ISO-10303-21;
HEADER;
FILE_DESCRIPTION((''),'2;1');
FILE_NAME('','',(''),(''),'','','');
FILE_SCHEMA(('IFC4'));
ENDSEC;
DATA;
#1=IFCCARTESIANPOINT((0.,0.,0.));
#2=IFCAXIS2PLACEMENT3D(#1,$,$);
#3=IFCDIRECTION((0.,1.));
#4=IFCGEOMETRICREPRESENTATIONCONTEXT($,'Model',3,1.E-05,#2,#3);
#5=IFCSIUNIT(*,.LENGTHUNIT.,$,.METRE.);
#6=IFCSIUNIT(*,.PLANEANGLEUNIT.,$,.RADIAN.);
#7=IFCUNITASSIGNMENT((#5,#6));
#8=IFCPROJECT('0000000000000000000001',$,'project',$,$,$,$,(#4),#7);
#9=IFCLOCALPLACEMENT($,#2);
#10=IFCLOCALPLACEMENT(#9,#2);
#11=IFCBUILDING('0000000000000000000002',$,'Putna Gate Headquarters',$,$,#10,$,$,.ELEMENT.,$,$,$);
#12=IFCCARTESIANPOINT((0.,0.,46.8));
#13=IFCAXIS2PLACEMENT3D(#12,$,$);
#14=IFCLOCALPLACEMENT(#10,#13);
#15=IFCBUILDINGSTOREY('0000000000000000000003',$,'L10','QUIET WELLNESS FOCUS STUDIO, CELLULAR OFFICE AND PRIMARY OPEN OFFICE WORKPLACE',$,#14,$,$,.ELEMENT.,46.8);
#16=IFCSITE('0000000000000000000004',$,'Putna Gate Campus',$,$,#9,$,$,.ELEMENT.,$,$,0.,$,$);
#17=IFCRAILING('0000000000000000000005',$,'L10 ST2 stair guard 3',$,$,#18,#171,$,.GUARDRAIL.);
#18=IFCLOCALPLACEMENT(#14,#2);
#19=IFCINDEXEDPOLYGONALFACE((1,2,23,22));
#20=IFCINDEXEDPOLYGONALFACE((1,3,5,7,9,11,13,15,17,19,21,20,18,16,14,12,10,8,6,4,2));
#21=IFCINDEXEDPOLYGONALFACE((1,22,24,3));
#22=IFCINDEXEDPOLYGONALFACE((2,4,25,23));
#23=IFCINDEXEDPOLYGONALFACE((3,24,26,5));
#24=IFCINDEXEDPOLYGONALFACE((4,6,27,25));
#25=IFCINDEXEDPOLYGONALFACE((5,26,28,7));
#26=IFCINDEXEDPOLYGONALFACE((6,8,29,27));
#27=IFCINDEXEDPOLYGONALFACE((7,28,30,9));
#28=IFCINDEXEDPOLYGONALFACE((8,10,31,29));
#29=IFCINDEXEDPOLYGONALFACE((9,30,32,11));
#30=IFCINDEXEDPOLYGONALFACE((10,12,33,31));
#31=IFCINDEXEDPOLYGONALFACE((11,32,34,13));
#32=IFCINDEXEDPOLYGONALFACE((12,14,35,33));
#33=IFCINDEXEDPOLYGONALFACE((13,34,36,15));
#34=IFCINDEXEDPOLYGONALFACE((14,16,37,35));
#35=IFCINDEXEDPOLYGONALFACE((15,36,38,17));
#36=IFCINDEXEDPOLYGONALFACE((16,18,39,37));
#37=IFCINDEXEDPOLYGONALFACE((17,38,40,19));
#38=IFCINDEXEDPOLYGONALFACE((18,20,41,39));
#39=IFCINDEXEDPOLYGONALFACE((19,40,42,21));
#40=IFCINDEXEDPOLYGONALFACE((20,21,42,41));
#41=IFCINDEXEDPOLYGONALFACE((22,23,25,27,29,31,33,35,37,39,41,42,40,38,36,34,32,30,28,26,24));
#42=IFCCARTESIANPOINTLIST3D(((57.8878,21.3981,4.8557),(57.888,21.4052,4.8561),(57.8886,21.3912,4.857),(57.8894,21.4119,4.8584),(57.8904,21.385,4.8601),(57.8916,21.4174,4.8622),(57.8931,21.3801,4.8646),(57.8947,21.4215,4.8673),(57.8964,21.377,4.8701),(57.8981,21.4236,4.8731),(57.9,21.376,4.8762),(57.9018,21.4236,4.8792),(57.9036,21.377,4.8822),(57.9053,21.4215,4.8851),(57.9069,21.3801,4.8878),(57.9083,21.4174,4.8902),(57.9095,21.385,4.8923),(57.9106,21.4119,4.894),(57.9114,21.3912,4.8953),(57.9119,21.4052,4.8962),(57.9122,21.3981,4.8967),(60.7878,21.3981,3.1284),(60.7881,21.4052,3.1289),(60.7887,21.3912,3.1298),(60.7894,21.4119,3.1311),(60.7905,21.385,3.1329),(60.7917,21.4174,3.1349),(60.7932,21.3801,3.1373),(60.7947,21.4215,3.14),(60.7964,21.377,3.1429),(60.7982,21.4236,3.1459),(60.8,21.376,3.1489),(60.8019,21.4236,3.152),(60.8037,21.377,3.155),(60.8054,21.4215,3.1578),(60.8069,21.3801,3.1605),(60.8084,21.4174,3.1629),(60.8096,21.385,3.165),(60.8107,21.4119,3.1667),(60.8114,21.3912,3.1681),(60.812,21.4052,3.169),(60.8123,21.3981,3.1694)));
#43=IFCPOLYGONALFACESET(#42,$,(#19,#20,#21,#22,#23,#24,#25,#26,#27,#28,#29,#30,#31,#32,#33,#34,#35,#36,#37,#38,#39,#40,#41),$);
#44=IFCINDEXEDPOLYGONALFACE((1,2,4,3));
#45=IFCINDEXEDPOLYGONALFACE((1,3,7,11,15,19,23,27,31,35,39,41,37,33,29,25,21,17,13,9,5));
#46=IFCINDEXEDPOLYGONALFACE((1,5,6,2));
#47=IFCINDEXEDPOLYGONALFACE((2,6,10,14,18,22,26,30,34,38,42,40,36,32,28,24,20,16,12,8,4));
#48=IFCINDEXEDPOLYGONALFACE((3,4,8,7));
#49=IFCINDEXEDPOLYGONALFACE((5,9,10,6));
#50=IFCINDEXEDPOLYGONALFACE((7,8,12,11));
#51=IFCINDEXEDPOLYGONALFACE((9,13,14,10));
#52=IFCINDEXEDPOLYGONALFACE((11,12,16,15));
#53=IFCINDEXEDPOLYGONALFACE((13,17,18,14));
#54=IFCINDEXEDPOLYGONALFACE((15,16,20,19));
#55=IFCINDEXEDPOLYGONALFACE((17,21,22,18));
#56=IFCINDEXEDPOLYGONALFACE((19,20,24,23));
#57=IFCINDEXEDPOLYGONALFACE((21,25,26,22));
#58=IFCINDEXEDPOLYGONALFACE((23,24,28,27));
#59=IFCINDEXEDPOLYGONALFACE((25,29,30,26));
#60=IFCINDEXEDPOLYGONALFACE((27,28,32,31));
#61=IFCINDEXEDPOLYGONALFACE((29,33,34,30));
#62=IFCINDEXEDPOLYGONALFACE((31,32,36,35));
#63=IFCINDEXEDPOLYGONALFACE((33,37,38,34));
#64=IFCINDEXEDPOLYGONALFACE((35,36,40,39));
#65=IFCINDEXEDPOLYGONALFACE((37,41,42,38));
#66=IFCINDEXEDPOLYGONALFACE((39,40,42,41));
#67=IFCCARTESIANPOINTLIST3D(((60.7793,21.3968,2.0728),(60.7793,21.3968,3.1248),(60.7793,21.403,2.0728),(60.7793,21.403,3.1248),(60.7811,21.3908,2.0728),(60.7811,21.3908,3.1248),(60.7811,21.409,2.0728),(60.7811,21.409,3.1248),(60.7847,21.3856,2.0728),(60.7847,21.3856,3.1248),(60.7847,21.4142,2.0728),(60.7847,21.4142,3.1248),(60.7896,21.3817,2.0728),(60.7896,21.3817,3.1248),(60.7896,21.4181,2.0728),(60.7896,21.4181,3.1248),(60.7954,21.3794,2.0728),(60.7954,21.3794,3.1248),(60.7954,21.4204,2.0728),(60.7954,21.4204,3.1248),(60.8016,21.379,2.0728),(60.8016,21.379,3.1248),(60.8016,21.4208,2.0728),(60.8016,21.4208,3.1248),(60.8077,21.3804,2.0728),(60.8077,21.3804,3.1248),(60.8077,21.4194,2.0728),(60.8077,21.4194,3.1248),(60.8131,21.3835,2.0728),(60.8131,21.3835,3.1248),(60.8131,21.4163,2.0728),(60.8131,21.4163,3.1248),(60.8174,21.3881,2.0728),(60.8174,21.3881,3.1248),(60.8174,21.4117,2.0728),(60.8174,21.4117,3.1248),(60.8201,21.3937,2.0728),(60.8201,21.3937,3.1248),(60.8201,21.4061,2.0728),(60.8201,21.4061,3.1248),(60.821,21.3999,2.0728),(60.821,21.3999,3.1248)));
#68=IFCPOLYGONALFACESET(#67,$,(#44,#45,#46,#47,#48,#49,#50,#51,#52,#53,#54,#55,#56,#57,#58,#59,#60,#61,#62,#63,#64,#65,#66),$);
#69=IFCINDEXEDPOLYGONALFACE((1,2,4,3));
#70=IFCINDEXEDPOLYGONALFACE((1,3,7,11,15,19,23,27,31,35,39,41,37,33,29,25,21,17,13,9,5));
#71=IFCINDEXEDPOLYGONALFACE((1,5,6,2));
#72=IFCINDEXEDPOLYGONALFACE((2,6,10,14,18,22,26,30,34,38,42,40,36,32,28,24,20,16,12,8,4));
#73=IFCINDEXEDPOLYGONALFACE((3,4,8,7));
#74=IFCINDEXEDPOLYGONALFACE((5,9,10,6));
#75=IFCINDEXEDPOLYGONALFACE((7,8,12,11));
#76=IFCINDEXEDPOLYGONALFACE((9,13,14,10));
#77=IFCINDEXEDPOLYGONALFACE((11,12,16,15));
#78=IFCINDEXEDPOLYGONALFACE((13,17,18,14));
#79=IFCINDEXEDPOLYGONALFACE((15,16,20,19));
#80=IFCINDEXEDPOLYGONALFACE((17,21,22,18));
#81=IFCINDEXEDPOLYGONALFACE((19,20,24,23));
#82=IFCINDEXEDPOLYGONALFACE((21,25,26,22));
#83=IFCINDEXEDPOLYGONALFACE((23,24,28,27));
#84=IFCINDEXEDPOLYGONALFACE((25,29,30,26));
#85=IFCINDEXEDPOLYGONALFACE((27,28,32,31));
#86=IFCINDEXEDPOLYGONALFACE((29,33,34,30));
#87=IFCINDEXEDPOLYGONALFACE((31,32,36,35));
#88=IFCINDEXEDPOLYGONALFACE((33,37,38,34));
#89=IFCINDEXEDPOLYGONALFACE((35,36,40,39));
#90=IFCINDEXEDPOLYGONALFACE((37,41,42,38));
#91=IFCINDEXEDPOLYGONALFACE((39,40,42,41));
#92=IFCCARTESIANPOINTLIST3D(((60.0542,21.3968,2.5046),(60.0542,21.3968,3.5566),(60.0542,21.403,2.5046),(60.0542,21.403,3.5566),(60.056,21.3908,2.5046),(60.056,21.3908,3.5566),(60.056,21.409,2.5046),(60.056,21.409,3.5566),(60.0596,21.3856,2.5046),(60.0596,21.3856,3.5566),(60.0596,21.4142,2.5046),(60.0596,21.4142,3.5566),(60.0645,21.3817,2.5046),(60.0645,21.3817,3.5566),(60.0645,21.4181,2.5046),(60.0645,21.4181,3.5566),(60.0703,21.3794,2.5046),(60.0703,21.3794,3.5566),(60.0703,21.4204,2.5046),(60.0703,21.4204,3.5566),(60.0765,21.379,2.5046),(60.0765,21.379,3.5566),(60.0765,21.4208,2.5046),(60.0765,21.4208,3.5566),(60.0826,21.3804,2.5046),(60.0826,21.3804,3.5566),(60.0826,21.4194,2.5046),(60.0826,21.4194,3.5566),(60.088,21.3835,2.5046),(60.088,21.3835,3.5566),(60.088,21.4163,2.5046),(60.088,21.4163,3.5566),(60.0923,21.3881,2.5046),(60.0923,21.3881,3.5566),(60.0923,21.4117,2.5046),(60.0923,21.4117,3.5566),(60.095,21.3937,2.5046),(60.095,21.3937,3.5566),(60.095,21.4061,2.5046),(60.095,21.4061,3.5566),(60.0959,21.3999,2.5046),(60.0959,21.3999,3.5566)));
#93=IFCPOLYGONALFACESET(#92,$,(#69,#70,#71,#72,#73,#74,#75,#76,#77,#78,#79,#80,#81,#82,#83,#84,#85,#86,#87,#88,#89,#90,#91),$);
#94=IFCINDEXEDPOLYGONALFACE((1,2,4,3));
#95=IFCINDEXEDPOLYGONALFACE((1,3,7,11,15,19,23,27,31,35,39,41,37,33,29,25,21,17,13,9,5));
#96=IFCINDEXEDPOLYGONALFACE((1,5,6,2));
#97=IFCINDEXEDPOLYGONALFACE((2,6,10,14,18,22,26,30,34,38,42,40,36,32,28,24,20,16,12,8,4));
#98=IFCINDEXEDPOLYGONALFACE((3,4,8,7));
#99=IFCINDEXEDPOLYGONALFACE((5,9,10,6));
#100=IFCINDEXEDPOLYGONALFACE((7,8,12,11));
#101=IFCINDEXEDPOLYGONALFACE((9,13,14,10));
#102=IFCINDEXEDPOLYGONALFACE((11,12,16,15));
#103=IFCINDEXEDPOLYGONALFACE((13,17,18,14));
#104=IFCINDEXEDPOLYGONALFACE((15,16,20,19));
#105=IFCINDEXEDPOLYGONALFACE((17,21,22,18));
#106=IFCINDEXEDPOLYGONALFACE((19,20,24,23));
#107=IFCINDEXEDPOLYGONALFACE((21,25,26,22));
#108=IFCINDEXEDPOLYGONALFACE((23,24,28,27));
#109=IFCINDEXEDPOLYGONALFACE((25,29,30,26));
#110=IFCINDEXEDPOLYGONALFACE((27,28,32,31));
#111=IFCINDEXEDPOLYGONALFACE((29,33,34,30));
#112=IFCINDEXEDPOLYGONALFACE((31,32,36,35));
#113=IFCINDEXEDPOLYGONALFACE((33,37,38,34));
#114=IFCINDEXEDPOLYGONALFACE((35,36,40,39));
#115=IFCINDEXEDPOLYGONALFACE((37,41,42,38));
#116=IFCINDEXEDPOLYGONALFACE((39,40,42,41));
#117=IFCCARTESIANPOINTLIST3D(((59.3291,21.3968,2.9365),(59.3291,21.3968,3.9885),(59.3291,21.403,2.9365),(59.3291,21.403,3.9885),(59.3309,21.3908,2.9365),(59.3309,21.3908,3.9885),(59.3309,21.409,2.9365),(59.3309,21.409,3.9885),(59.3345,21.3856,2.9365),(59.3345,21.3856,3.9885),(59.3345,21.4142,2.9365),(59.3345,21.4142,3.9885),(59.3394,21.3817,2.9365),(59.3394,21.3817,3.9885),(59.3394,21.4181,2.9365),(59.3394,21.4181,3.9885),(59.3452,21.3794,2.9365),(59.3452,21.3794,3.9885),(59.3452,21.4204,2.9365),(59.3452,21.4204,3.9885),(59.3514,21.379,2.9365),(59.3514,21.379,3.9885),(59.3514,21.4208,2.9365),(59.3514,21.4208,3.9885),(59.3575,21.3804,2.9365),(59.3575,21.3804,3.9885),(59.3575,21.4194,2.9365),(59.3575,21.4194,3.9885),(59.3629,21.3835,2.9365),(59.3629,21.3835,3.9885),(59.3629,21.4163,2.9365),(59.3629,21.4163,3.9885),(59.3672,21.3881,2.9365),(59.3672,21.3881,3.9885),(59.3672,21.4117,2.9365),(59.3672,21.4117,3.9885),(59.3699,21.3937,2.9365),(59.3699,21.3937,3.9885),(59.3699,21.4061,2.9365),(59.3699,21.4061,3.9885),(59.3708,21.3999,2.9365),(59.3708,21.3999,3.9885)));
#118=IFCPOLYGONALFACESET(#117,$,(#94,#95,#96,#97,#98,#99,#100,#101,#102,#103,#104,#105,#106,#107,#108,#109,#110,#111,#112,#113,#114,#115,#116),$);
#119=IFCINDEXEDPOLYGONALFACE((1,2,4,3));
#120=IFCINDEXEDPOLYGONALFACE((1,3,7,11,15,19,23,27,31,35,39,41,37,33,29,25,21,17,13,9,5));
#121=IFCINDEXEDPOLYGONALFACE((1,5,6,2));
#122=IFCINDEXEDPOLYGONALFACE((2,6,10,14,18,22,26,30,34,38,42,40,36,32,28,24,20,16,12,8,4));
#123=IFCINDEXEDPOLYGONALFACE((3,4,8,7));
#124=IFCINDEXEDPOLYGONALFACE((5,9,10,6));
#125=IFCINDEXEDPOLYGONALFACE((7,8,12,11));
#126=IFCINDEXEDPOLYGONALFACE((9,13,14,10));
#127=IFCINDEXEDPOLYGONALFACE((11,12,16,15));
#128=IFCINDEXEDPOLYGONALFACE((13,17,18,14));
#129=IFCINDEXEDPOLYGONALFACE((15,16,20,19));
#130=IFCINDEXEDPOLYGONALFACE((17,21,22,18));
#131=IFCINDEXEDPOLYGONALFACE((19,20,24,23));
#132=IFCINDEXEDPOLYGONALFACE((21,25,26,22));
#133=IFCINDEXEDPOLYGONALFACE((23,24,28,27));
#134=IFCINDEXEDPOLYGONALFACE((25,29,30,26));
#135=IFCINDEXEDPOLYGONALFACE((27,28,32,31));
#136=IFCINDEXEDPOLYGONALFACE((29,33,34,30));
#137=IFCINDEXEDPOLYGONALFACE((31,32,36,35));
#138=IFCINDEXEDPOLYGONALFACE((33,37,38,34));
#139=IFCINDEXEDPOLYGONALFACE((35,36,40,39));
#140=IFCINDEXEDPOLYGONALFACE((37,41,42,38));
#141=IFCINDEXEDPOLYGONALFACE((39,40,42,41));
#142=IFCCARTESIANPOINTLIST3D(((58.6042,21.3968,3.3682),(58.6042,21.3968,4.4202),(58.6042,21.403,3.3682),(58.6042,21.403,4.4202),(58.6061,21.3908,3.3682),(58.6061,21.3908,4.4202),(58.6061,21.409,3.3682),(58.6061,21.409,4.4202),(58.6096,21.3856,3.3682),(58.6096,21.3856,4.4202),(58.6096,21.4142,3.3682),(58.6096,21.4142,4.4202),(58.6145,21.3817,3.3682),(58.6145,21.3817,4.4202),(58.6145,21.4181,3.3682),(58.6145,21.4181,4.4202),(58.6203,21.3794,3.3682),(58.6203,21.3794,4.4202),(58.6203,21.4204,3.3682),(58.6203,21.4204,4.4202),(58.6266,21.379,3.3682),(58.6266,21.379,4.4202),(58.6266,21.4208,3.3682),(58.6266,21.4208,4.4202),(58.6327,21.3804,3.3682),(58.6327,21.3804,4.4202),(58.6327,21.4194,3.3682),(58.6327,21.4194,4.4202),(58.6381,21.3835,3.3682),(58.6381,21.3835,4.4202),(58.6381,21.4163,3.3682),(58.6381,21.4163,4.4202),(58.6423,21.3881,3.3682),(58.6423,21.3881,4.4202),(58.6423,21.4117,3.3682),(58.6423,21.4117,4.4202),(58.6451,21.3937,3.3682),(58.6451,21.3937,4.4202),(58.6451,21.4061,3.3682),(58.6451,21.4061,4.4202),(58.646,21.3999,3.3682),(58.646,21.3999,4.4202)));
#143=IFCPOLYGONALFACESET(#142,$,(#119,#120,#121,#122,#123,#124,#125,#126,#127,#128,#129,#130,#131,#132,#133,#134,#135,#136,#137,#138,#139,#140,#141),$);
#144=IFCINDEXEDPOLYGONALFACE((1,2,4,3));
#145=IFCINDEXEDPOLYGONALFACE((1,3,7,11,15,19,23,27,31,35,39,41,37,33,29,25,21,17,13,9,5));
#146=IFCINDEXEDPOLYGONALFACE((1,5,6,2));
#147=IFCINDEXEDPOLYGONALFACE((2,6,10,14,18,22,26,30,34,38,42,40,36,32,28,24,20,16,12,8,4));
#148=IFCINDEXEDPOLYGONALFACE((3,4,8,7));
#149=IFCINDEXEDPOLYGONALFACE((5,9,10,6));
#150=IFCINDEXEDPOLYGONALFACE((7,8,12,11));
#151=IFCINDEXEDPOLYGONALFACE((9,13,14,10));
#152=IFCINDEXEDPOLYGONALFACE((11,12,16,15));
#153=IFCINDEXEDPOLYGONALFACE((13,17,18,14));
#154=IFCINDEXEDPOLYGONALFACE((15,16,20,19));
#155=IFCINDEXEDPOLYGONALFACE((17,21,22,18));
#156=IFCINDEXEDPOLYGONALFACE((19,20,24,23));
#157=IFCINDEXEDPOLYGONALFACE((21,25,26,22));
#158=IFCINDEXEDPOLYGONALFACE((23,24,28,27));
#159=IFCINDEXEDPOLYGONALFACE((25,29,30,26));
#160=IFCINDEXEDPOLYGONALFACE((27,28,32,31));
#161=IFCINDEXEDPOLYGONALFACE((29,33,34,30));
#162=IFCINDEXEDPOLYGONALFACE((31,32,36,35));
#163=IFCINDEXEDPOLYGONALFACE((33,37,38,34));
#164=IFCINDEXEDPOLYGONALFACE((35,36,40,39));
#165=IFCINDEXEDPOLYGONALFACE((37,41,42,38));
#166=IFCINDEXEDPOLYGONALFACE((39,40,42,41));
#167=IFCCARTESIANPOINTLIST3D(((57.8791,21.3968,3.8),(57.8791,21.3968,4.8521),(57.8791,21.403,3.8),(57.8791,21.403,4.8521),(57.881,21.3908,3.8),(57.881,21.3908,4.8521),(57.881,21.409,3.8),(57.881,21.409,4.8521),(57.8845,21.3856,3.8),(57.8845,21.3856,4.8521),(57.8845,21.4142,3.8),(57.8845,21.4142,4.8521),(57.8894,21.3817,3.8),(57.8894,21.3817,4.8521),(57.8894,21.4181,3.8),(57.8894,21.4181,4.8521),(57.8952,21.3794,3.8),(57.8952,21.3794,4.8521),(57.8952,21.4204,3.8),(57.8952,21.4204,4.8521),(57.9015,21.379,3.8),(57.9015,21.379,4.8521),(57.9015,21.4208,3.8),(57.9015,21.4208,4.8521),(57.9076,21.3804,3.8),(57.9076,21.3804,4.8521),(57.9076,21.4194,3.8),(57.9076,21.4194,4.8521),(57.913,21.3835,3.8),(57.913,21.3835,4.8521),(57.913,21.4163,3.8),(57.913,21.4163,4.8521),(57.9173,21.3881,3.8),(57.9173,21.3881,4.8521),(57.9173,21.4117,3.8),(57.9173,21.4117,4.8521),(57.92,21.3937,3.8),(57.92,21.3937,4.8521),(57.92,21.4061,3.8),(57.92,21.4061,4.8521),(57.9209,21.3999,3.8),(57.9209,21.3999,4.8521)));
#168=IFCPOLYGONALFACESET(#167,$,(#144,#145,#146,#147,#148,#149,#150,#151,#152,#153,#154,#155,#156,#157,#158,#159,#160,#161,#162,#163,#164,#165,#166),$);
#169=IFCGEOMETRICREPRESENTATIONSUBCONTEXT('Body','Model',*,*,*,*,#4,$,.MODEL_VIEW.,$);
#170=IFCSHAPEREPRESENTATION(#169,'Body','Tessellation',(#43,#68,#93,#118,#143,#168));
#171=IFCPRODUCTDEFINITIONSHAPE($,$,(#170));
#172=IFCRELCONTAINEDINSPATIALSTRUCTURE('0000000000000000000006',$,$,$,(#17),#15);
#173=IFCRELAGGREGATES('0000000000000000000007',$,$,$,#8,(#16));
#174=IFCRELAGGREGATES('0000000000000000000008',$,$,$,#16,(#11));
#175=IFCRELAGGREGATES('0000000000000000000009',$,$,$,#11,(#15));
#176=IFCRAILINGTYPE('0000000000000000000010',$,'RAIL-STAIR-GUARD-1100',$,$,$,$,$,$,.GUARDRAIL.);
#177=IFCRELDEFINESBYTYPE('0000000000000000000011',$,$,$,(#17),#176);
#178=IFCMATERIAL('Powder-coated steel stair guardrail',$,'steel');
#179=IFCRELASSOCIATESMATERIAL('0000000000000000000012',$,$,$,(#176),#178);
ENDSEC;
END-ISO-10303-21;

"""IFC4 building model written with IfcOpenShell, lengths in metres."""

from ifc_helpers import new_model, si_unit, direction, frame, origin, origin_2d, place, context, subcontext, project, spatial, circle, extrude, material, type_object, element, save


model = new_model("IFC4")

# Units and contexts
model_context = context("Model", 3, precision=1e-05, world=origin(), true_north=direction((0.0, 1.0)))
body_context = subcontext(model_context, "Body", "Model", "MODEL_VIEW")
ifc_project = project(units=[si_unit("LENGTHUNIT", "METRE"), si_unit("PLANEANGLEUNIT", "RADIAN")], contexts=[model_context])

# Site, building, storey
site_placement = place(None, origin())
site = spatial("IfcSite", under=ifc_project, at=site_placement, Name="Putna Gate Campus", CompositionType="ELEMENT", RefElevation=0.0)
building_placement = place(site_placement, origin())
building = spatial("IfcBuilding", under=site, at=building_placement, Name="Putna Gate Headquarters", CompositionType="ELEMENT")
storey_placement = place(building_placement, frame((0.0, 0.0, 46.8)))
storey = spatial("IfcBuildingStorey", under=building, at=storey_placement, Name="L10", Description="QUIET WELLNESS FOCUS STUDIO, CELLULAR OFFICE AND PRIMARY OPEN OFFICE WORKPLACE", CompositionType="ELEMENT", Elevation=46.8)

# Railing
ifc_material_1 = material(Name="Powder-coated steel stair guardrail", Category="steel")
railing_type = type_object("IfcRailingType", Name="RAIL-STAIR-GUARD-1100", PredefinedType="GUARDRAIL", material=ifc_material_1)
railing_1_placement = place(storey_placement, frame((60.8, 21.3999, 2.0728)))
element("IfcRailing", 1, at=railing_1_placement, inside=storey, type_object=railing_type, Name="L10 ST2 stair guard 3", PredefinedType="GUARDRAIL", context=body_context, shape_type="SweptSolid", body=[
    extrude(circle(Radius=0.0239, at=origin_2d()), frame((0.0, 0.0, 1.0762), z_axis=(-0.85916, 0.0, 0.511706), x_axis=(0.0, -1.0, 0.0)), (0.0, 0.0, 1.0), 3.3755),
    extrude(circle(Radius=0.021, at=origin_2d()), origin(), (0.0, 0.0, 1.0), 1.052),
    extrude(circle(Radius=0.021, at=origin_2d()), frame((-0.7251, 0.0, 0.4319)), (0.0, 0.0, 1.0), 1.052),
    extrude(circle(Radius=0.021, at=origin_2d()), frame((-1.4502, 0.0, 0.8638)), (0.0, 0.0, 1.0), 1.052),
    extrude(circle(Radius=0.021, at=origin_2d()), frame((-2.175, 0.0, 1.2954)), (0.0, 0.0, 1.0), 1.052),
    extrude(circle(Radius=0.021, at=origin_2d()), frame((-2.9001, 0.0, 1.7273)), (0.0, 0.0, 1.0), 1.052),
])

save(model, "model.ifc")
